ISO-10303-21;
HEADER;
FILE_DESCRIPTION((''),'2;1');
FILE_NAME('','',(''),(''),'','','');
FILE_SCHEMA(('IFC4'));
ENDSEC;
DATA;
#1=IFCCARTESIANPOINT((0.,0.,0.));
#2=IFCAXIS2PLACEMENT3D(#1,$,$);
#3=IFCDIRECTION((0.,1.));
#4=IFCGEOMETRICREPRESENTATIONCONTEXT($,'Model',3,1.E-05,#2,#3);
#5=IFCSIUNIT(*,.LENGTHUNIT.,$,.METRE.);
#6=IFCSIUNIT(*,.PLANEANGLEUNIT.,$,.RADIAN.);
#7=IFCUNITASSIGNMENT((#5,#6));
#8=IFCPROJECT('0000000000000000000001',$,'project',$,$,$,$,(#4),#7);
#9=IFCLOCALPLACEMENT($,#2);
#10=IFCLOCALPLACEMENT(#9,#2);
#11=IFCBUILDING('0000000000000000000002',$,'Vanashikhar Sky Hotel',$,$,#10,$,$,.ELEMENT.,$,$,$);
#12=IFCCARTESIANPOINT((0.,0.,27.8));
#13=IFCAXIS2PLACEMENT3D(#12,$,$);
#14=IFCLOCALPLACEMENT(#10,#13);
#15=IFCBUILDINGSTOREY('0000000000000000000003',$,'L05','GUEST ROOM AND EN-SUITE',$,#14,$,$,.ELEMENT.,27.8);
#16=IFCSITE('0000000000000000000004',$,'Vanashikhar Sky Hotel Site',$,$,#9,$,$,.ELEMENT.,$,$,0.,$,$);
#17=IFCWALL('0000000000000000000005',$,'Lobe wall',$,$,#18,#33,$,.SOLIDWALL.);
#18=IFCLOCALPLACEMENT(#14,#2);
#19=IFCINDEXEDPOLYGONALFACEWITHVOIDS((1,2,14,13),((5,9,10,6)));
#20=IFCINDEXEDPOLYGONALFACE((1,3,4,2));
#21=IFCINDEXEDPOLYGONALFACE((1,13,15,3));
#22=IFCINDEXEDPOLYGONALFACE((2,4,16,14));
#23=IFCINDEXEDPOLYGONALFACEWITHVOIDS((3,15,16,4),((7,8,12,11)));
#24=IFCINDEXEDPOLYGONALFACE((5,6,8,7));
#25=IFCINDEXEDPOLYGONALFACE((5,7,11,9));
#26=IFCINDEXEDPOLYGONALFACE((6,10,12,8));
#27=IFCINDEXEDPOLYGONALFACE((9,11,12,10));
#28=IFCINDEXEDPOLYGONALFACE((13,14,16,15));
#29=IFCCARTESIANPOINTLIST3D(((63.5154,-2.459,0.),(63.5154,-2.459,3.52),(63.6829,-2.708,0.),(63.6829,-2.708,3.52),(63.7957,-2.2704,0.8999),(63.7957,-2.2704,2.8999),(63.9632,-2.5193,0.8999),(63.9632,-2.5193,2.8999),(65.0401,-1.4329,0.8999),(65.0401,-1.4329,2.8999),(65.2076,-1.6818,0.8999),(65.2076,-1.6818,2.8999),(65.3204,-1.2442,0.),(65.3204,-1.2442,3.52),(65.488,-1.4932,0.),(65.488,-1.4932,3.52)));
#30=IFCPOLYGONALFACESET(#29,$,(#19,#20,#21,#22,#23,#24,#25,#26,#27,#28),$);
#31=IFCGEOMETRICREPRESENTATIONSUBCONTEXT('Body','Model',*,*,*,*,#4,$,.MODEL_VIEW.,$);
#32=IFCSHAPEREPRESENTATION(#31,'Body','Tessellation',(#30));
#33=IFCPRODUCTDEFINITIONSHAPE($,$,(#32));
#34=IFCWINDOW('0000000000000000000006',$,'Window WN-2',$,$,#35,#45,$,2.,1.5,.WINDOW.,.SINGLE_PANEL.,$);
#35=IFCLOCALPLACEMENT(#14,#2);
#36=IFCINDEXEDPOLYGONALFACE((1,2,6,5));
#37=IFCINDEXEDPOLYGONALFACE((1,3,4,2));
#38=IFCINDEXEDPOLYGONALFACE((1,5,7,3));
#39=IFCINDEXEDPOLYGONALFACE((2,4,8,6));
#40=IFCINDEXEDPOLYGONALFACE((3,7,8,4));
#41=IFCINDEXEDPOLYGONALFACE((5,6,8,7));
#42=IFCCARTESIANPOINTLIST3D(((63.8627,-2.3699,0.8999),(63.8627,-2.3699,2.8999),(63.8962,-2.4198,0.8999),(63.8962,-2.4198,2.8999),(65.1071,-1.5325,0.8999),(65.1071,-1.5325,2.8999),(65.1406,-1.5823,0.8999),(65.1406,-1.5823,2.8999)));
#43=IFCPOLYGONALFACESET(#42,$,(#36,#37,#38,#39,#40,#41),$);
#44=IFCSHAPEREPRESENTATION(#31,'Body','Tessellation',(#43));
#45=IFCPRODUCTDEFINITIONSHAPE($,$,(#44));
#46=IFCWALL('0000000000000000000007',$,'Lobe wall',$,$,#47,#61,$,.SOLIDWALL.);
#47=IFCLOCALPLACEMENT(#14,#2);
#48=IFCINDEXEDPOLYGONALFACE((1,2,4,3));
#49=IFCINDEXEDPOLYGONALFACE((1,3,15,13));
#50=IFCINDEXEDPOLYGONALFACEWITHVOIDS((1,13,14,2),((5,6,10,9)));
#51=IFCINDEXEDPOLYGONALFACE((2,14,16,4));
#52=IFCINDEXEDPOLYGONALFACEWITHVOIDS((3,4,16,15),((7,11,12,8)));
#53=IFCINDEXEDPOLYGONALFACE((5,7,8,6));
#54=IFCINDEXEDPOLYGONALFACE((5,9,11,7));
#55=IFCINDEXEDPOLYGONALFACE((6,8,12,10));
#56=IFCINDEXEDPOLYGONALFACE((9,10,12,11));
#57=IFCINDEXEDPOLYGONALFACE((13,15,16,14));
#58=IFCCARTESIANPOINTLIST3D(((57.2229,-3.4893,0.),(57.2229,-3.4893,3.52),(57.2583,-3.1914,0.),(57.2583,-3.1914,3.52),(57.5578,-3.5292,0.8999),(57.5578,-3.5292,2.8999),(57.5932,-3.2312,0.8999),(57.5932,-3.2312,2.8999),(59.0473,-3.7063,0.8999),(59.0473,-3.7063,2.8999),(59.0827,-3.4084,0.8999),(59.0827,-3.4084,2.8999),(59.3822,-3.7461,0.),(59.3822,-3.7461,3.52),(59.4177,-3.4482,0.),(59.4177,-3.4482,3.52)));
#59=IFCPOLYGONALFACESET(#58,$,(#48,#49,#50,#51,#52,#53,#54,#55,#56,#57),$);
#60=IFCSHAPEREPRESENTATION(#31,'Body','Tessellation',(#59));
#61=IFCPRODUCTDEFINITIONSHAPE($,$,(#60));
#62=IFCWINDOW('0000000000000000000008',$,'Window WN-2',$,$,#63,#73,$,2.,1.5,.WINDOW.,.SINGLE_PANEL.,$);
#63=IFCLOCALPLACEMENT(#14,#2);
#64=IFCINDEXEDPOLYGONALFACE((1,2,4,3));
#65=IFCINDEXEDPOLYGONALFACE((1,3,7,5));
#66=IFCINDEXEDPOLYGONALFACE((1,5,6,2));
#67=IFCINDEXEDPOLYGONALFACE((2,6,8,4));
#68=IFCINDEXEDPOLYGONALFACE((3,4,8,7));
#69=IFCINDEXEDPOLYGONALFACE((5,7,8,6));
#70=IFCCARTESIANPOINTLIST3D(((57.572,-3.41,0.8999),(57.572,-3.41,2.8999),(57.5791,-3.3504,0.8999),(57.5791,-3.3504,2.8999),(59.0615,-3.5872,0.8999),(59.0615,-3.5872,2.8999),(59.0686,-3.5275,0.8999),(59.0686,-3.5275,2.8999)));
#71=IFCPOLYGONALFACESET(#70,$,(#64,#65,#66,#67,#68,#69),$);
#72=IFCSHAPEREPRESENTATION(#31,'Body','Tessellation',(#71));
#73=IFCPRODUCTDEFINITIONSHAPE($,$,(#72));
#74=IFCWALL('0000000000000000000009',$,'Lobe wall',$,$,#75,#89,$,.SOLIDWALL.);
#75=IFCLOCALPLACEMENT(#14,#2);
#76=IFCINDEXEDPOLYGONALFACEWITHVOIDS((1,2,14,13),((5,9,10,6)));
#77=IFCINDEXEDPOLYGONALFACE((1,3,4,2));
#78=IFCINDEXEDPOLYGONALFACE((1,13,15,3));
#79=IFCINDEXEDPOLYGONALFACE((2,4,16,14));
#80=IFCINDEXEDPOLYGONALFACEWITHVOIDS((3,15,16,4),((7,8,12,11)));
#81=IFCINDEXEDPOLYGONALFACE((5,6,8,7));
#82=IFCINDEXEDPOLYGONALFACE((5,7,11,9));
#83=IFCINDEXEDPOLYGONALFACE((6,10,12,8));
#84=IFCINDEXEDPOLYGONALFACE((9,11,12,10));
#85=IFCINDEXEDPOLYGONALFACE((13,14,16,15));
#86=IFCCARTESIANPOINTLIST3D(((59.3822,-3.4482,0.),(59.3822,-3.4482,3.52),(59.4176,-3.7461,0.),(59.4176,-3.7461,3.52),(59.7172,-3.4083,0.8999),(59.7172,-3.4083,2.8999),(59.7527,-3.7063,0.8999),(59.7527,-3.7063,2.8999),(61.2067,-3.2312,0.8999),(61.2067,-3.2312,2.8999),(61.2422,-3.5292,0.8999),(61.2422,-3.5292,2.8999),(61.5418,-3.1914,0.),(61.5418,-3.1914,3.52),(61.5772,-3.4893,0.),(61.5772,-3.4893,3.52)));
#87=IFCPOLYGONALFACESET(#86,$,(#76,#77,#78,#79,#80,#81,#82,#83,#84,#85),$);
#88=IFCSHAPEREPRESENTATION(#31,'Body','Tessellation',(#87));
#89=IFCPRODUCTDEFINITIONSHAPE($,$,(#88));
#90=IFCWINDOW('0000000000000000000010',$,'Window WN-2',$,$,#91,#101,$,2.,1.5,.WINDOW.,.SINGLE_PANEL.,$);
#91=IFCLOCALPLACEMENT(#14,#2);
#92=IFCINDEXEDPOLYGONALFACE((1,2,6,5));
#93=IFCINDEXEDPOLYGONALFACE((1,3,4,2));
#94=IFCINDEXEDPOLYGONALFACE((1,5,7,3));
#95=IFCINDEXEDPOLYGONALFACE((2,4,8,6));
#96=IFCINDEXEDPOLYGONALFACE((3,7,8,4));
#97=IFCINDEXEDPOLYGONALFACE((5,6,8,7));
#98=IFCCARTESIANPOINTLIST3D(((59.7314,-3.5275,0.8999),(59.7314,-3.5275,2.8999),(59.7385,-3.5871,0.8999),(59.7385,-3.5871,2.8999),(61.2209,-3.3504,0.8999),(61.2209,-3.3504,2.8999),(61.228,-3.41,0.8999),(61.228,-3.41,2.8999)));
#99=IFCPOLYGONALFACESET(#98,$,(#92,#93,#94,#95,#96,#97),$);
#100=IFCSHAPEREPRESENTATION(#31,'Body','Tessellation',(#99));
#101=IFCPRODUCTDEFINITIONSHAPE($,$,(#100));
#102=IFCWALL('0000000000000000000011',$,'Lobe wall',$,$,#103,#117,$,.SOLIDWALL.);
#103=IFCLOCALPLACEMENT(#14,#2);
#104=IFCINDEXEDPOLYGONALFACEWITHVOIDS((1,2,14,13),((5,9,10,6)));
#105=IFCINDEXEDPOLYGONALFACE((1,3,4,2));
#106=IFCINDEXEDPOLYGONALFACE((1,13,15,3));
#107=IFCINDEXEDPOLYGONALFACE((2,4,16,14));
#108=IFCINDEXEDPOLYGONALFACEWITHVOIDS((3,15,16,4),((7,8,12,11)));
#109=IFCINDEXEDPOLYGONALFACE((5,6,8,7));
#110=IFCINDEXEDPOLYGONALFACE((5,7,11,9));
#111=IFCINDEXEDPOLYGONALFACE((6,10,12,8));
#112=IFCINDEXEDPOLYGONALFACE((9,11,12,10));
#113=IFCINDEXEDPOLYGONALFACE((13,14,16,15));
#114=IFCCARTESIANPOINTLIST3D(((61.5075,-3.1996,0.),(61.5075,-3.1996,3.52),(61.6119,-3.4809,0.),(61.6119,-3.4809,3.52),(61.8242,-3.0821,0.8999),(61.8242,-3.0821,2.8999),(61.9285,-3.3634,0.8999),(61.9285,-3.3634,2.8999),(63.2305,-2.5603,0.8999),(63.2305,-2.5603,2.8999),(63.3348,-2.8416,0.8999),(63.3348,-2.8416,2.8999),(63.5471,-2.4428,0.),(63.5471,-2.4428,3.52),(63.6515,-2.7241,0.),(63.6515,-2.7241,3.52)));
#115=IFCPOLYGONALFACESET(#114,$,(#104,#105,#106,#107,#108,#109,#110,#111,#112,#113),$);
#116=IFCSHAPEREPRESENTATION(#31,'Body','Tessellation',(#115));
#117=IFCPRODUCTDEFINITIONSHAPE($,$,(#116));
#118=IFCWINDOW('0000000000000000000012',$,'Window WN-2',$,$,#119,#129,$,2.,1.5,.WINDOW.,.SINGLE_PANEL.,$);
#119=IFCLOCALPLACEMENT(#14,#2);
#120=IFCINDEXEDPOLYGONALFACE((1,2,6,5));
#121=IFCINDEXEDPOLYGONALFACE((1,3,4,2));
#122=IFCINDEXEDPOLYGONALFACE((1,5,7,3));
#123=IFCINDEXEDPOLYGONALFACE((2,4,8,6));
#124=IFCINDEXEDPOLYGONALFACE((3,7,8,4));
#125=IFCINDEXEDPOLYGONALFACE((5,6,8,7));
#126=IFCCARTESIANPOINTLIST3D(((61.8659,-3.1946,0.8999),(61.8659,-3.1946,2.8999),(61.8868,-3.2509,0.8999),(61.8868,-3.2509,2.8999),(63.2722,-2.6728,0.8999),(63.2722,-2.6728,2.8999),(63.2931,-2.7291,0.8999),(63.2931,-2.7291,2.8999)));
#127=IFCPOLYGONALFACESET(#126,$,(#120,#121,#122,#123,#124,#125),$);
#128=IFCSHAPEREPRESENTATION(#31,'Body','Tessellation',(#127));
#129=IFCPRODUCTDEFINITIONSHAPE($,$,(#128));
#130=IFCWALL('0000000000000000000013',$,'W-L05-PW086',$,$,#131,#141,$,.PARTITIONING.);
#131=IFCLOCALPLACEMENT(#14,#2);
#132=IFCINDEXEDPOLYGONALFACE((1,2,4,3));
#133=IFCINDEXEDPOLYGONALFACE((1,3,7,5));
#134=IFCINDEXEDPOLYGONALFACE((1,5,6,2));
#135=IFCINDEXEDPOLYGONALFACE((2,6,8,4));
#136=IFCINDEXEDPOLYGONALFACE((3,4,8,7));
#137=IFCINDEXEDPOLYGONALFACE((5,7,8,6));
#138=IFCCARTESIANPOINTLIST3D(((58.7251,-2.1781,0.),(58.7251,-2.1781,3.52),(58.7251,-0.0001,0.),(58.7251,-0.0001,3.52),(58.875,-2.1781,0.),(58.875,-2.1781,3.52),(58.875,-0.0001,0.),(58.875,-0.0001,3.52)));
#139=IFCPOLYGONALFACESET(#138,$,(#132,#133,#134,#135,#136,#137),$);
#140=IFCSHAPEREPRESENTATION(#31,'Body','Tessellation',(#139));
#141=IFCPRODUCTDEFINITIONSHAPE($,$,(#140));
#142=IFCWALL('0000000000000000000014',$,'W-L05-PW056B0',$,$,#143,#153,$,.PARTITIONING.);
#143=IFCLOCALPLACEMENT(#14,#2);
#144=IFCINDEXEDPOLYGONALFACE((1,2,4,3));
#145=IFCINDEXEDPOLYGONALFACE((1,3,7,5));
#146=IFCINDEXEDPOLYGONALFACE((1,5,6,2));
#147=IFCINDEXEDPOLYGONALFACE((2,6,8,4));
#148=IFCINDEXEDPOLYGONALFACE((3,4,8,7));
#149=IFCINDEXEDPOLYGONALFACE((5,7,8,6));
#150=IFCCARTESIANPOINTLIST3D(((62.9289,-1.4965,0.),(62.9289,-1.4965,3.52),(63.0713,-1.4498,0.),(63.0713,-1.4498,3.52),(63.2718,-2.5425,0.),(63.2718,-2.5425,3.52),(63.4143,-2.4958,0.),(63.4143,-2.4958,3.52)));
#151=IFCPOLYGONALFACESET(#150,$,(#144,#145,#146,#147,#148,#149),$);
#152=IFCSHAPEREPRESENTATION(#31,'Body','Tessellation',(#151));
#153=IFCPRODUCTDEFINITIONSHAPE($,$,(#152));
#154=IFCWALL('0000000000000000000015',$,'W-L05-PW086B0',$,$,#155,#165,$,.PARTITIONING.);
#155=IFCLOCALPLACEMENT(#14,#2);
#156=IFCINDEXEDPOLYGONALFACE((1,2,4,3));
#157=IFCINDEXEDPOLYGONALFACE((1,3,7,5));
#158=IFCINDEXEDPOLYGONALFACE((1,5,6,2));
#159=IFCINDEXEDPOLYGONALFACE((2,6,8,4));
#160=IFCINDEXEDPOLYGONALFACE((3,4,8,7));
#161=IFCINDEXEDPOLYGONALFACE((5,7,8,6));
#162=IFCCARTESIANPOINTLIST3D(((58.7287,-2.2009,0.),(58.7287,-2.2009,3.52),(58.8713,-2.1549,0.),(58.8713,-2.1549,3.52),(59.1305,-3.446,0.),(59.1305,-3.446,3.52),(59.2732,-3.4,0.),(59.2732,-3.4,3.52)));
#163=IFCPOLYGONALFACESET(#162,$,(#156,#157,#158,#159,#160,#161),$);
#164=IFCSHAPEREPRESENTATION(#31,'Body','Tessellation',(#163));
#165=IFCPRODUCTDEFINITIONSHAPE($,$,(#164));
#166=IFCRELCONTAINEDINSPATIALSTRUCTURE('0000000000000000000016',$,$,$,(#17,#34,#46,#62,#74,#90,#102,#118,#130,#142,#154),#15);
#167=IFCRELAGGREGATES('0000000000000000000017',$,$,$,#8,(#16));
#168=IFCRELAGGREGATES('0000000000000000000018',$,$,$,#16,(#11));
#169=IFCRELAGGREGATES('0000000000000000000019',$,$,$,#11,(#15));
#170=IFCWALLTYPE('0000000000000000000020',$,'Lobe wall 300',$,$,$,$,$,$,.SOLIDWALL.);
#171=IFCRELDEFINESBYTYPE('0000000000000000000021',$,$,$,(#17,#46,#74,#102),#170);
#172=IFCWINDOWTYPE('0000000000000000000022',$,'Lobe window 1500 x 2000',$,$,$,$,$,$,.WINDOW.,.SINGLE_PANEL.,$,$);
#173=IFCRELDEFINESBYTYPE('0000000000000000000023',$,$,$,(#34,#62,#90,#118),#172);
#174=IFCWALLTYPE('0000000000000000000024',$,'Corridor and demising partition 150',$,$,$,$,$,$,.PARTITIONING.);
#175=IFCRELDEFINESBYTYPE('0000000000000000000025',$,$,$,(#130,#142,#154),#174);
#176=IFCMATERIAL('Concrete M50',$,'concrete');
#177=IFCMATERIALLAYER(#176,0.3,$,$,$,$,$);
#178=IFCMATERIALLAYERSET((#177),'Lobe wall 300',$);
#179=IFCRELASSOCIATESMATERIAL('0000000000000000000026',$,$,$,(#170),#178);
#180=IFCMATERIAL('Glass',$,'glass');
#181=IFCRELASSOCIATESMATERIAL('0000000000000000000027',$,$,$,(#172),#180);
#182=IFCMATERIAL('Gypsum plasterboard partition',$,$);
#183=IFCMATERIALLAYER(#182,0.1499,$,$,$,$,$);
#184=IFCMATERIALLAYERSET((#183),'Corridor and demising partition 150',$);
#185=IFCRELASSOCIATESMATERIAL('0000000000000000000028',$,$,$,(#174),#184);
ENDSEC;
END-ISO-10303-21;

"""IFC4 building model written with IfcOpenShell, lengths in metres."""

from ifc_helpers import new_model, si_unit, direction, frame, frame_2d, origin, place, context, subcontext, project, spatial, rectangle, extrude, source, transform, mapped, material, layer, layer_set, type_object, element, fill, save


model = new_model("IFC4")

# Units and contexts
model_context = context("Model", 3, precision=1e-05, world=origin(), true_north=direction((0.0, 1.0)))
body_context = subcontext(model_context, "Body", "Model", "MODEL_VIEW")
ifc_project = project(units=[si_unit("LENGTHUNIT", "METRE"), si_unit("PLANEANGLEUNIT", "RADIAN")], contexts=[model_context])

# Site, building, storey
site_placement = place(None, origin())
site = spatial("IfcSite", under=ifc_project, at=site_placement, Name="Vanashikhar Sky Hotel Site", CompositionType="ELEMENT", RefElevation=0.0)
building_placement = place(site_placement, origin())
building = spatial("IfcBuilding", under=site, at=building_placement, Name="Vanashikhar Sky Hotel", CompositionType="ELEMENT")
storey_placement = place(building_placement, frame((0.0, 0.0, 27.8)))
storey = spatial("IfcBuildingStorey", under=building, at=storey_placement, Name="L05", Description="GUEST ROOM AND EN-SUITE", CompositionType="ELEMENT", Elevation=27.8)

# Walls, openings, windows
ifc_material_1 = material(Name="Concrete M50", Category="concrete")
ifc_layer_1 = layer(ifc_material_1, 0.3)
ifc_layer_set_1 = layer_set([ifc_layer_1], Name="Lobe wall 300")
wall_type_1 = type_object("IfcWallType", Name="Lobe wall 300", PredefinedType="SOLIDWALL", material=ifc_layer_set_1)
shared_shape_1 = source(origin(), body_context, "Body", "SweptSolid", [
    extrude(rectangle(XDim=2.1758, YDim=0.3, at=frame_2d((1.0879, 0.0))), origin(), (0.0, 0.0, 1.0), 3.52),
])
wall_1_placement = place(storey_placement, frame((63.5991, -2.5835, 0.0), z_axis=(0.0, 0.0, 1.0), x_axis=(0.829626, 0.55832, 0.0)))
wall_1 = element("IfcWall", 1, at=wall_1_placement, inside=storey, type_object=wall_type_1, Name="Lobe wall", PredefinedType="SOLIDWALL", context=body_context, shape_type="MappedRepresentation", body=[
    mapped(shared_shape_1, transform((0.0, 0.0, 0.0), scale=1.0)),
])
shared_shape_2 = source(origin(), body_context, "Body", "SweptSolid", [
    extrude(rectangle(XDim=1.5, YDim=2.0, at=frame_2d((0.75, 1.0))), frame((0.0, 0.1602, 0.0), z_axis=(0.0, -1.0, 0.0), x_axis=(1.0, 0.0, 0.0)), (0.0, 0.0, 1.0), 0.3201),
])
opening_1_placement = place(wall_1_placement, frame((0.3379, 0.0, 0.8999)))
opening_1 = element("IfcOpeningElement", 2, at=opening_1_placement, cuts=wall_1, PredefinedType="OPENING", context=body_context, shape_type="MappedRepresentation", body=[
    mapped(shared_shape_2, transform((0.0, 0.0, 0.0), scale=1.0)),
])
ifc_material_2 = material(Name="Glass", Category="glass")
window_type = type_object("IfcWindowType", Name="Lobe window 1500 x 2000", PartitioningType="SINGLE_PANEL", PredefinedType="WINDOW", material=ifc_material_2)
shared_shape_3 = source(origin(), body_context, "Body", "SweptSolid", [
    extrude(rectangle(XDim=1.5, YDim=2.0, at=frame_2d((0.75, 1.0))), frame((0.0, 0.03, 0.0), z_axis=(0.0, -1.0, 0.0), x_axis=(1.0, 0.0, 0.0)), (0.0, 0.0, 1.0), 0.0601),
])
window_1_placement = place(opening_1_placement, origin())
window_1 = element("IfcWindow", 3, at=window_1_placement, inside=storey, type_object=window_type, Name="Window WN-2", OverallHeight=2.0, OverallWidth=1.5, PartitioningType="SINGLE_PANEL", PredefinedType="WINDOW", context=body_context, shape_type="MappedRepresentation", body=[
    mapped(shared_shape_3, transform((0.0, 0.0, 0.0), scale=1.0)),
])
fill(opening_1, window_1)
shared_shape_4 = source(origin(), body_context, "Body", "SweptSolid", [
    extrude(rectangle(XDim=2.1746, YDim=0.3, at=frame_2d((1.0874, 0.0))), origin(), (0.0, 0.0, 1.0), 3.52),
])
wall_2_placement = place(storey_placement, frame((57.2405, -3.3403, 0.0), z_axis=(0.0, 0.0, 1.0), x_axis=(0.993001, -0.118105, 0.0)))
wall_2 = element("IfcWall", 4, at=wall_2_placement, inside=storey, type_object=wall_type_1, Name="Lobe wall", PredefinedType="SOLIDWALL", context=body_context, shape_type="MappedRepresentation", body=[
    mapped(shared_shape_4, transform((0.0, 0.0, 0.0), scale=1.0)),
])
opening_2_placement = place(wall_2_placement, frame((0.3374, 0.0, 0.8999)))
opening_2 = element("IfcOpeningElement", 5, at=opening_2_placement, cuts=wall_2, PredefinedType="OPENING", context=body_context, shape_type="MappedRepresentation", body=[
    mapped(shared_shape_2, transform((0.0, 0.0, 0.0), scale=1.0)),
])
window_2_placement = place(opening_2_placement, origin())
window_2 = element("IfcWindow", 6, at=window_2_placement, inside=storey, type_object=window_type, Name="Window WN-2", OverallHeight=2.0, OverallWidth=1.5, PartitioningType="SINGLE_PANEL", PredefinedType="WINDOW", context=body_context, shape_type="MappedRepresentation", body=[
    mapped(shared_shape_3, transform((0.0, 0.0, 0.0), scale=1.0)),
])
fill(opening_2, window_2)
shared_shape_5 = source(origin(), body_context, "Body", "SweptSolid", [
    extrude(rectangle(XDim=2.1748, YDim=0.3, at=frame_2d((1.0874, 0.0))), origin(), (0.0, 0.0, 1.0), 3.52),
])
wall_3_placement = place(storey_placement, frame((59.3999, -3.5972, 0.0), z_axis=(0.0, 0.0, 1.0), x_axis=(0.993003, 0.118092, 0.0)))
wall_3 = element("IfcWall", 7, at=wall_3_placement, inside=storey, type_object=wall_type_1, Name="Lobe wall", PredefinedType="SOLIDWALL", context=body_context, shape_type="MappedRepresentation", body=[
    mapped(shared_shape_5, transform((0.0, 0.0, 0.0), scale=1.0)),
])
opening_3_placement = place(wall_3_placement, frame((0.3374, 0.0, 0.8999)))
opening_3 = element("IfcOpeningElement", 8, at=opening_3_placement, cuts=wall_3, PredefinedType="OPENING", context=body_context, shape_type="MappedRepresentation", body=[
    mapped(shared_shape_2, transform((0.0, 0.0, 0.0), scale=1.0)),
])
window_3_placement = place(opening_3_placement, origin())
window_3 = element("IfcWindow", 9, at=window_3_placement, inside=storey, type_object=window_type, Name="Window WN-2", OverallHeight=2.0, OverallWidth=1.5, PartitioningType="SINGLE_PANEL", PredefinedType="WINDOW", context=body_context, shape_type="MappedRepresentation", body=[
    mapped(shared_shape_3, transform((0.0, 0.0, 0.0), scale=1.0)),
])
fill(opening_3, window_3)
shared_shape_6 = source(origin(), body_context, "Body", "SweptSolid", [
    extrude(rectangle(XDim=2.1755, YDim=0.3, at=frame_2d((1.0879, 0.0))), origin(), (0.0, 0.0, 1.0), 3.52),
])
wall_4_placement = place(storey_placement, frame((61.5596, -3.3403, 0.0), z_axis=(0.0, 0.0, 1.0), x_axis=(0.937532, 0.347899, 0.0)))
wall_4 = element("IfcWall", 10, at=wall_4_placement, inside=storey, type_object=wall_type_1, Name="Lobe wall", PredefinedType="SOLIDWALL", context=body_context, shape_type="MappedRepresentation", body=[
    mapped(shared_shape_6, transform((0.0, 0.0, 0.0), scale=1.0)),
])
opening_4_placement = place(wall_4_placement, frame((0.3379, 0.0, 0.8999)))
opening_4 = element("IfcOpeningElement", 11, at=opening_4_placement, cuts=wall_4, PredefinedType="OPENING", context=body_context, shape_type="MappedRepresentation", body=[
    mapped(shared_shape_2, transform((0.0, 0.0, 0.0), scale=1.0)),
])
window_4_placement = place(opening_4_placement, origin())
window_4 = element("IfcWindow", 12, at=window_4_placement, inside=storey, type_object=window_type, Name="Window WN-2", OverallHeight=2.0, OverallWidth=1.5, PartitioningType="SINGLE_PANEL", PredefinedType="WINDOW", context=body_context, shape_type="MappedRepresentation", body=[
    mapped(shared_shape_3, transform((0.0, 0.0, 0.0), scale=1.0)),
])
fill(opening_4, window_4)

# Walls
ifc_material_3 = material(Name="Gypsum plasterboard partition")
ifc_layer_2 = layer(ifc_material_3, 0.1499)
ifc_layer_set_2 = layer_set([ifc_layer_2], Name="Corridor and demising partition 150")
wall_type_2 = type_object("IfcWallType", Name="Corridor and demising partition 150", PredefinedType="PARTITIONING", material=ifc_layer_set_2)
shared_shape_7 = source(origin(), body_context, "Body", "SweptSolid", [
    extrude(rectangle(XDim=2.178, YDim=0.1499, at=frame_2d((1.0889, 0.0))), origin(), (0.0, 0.0, 1.0), 3.52),
])
wall_5_placement = place(storey_placement, frame((58.8, -2.178, 0.0), z_axis=(0.0, 0.0, 1.0), x_axis=(0.0, 1.0, 0.0)))
element("IfcWall", 13, at=wall_5_placement, inside=storey, type_object=wall_type_2, Name="W-L05-PW086", PredefinedType="PARTITIONING", context=body_context, shape_type="MappedRepresentation", body=[
    mapped(shared_shape_7, transform((0.0, 0.0, 0.0), scale=1.0)),
])
shared_shape_8 = source(origin(), body_context, "Body", "SweptSolid", [
    extrude(rectangle(XDim=1.1008, YDim=0.1499, at=frame_2d((0.5503, 0.0))), origin(), (0.0, 0.0, 1.0), 3.52),
])
wall_6_placement = place(storey_placement, frame((63.343, -2.519, 0.0), z_axis=(0.0, 0.0, 1.0), x_axis=(-0.311567, 0.950224, 0.0)))
element("IfcWall", 14, at=wall_6_placement, inside=storey, type_object=wall_type_2, Name="W-L05-PW056B0", PredefinedType="PARTITIONING", context=body_context, shape_type="MappedRepresentation", body=[
    mapped(shared_shape_8, transform((0.0, 0.0, 0.0), scale=1.0)),
])
shared_shape_9 = source(origin(), body_context, "Body", "SweptSolid", [
    extrude(rectangle(XDim=1.3083, YDim=0.1499, at=frame_2d((0.6543, 0.0))), origin(), (0.0, 0.0, 1.0), 3.52),
])
wall_7_placement = place(storey_placement, frame((59.2019, -3.4231, 0.0), z_axis=(0.0, 0.0, 1.0), x_axis=(-0.307145, 0.951663, 0.0)))
element("IfcWall", 15, at=wall_7_placement, inside=storey, type_object=wall_type_2, Name="W-L05-PW086B0", PredefinedType="PARTITIONING", context=body_context, shape_type="MappedRepresentation", body=[
    mapped(shared_shape_9, transform((0.0, 0.0, 0.0), scale=1.0)),
])

save(model, "model.ifc")
